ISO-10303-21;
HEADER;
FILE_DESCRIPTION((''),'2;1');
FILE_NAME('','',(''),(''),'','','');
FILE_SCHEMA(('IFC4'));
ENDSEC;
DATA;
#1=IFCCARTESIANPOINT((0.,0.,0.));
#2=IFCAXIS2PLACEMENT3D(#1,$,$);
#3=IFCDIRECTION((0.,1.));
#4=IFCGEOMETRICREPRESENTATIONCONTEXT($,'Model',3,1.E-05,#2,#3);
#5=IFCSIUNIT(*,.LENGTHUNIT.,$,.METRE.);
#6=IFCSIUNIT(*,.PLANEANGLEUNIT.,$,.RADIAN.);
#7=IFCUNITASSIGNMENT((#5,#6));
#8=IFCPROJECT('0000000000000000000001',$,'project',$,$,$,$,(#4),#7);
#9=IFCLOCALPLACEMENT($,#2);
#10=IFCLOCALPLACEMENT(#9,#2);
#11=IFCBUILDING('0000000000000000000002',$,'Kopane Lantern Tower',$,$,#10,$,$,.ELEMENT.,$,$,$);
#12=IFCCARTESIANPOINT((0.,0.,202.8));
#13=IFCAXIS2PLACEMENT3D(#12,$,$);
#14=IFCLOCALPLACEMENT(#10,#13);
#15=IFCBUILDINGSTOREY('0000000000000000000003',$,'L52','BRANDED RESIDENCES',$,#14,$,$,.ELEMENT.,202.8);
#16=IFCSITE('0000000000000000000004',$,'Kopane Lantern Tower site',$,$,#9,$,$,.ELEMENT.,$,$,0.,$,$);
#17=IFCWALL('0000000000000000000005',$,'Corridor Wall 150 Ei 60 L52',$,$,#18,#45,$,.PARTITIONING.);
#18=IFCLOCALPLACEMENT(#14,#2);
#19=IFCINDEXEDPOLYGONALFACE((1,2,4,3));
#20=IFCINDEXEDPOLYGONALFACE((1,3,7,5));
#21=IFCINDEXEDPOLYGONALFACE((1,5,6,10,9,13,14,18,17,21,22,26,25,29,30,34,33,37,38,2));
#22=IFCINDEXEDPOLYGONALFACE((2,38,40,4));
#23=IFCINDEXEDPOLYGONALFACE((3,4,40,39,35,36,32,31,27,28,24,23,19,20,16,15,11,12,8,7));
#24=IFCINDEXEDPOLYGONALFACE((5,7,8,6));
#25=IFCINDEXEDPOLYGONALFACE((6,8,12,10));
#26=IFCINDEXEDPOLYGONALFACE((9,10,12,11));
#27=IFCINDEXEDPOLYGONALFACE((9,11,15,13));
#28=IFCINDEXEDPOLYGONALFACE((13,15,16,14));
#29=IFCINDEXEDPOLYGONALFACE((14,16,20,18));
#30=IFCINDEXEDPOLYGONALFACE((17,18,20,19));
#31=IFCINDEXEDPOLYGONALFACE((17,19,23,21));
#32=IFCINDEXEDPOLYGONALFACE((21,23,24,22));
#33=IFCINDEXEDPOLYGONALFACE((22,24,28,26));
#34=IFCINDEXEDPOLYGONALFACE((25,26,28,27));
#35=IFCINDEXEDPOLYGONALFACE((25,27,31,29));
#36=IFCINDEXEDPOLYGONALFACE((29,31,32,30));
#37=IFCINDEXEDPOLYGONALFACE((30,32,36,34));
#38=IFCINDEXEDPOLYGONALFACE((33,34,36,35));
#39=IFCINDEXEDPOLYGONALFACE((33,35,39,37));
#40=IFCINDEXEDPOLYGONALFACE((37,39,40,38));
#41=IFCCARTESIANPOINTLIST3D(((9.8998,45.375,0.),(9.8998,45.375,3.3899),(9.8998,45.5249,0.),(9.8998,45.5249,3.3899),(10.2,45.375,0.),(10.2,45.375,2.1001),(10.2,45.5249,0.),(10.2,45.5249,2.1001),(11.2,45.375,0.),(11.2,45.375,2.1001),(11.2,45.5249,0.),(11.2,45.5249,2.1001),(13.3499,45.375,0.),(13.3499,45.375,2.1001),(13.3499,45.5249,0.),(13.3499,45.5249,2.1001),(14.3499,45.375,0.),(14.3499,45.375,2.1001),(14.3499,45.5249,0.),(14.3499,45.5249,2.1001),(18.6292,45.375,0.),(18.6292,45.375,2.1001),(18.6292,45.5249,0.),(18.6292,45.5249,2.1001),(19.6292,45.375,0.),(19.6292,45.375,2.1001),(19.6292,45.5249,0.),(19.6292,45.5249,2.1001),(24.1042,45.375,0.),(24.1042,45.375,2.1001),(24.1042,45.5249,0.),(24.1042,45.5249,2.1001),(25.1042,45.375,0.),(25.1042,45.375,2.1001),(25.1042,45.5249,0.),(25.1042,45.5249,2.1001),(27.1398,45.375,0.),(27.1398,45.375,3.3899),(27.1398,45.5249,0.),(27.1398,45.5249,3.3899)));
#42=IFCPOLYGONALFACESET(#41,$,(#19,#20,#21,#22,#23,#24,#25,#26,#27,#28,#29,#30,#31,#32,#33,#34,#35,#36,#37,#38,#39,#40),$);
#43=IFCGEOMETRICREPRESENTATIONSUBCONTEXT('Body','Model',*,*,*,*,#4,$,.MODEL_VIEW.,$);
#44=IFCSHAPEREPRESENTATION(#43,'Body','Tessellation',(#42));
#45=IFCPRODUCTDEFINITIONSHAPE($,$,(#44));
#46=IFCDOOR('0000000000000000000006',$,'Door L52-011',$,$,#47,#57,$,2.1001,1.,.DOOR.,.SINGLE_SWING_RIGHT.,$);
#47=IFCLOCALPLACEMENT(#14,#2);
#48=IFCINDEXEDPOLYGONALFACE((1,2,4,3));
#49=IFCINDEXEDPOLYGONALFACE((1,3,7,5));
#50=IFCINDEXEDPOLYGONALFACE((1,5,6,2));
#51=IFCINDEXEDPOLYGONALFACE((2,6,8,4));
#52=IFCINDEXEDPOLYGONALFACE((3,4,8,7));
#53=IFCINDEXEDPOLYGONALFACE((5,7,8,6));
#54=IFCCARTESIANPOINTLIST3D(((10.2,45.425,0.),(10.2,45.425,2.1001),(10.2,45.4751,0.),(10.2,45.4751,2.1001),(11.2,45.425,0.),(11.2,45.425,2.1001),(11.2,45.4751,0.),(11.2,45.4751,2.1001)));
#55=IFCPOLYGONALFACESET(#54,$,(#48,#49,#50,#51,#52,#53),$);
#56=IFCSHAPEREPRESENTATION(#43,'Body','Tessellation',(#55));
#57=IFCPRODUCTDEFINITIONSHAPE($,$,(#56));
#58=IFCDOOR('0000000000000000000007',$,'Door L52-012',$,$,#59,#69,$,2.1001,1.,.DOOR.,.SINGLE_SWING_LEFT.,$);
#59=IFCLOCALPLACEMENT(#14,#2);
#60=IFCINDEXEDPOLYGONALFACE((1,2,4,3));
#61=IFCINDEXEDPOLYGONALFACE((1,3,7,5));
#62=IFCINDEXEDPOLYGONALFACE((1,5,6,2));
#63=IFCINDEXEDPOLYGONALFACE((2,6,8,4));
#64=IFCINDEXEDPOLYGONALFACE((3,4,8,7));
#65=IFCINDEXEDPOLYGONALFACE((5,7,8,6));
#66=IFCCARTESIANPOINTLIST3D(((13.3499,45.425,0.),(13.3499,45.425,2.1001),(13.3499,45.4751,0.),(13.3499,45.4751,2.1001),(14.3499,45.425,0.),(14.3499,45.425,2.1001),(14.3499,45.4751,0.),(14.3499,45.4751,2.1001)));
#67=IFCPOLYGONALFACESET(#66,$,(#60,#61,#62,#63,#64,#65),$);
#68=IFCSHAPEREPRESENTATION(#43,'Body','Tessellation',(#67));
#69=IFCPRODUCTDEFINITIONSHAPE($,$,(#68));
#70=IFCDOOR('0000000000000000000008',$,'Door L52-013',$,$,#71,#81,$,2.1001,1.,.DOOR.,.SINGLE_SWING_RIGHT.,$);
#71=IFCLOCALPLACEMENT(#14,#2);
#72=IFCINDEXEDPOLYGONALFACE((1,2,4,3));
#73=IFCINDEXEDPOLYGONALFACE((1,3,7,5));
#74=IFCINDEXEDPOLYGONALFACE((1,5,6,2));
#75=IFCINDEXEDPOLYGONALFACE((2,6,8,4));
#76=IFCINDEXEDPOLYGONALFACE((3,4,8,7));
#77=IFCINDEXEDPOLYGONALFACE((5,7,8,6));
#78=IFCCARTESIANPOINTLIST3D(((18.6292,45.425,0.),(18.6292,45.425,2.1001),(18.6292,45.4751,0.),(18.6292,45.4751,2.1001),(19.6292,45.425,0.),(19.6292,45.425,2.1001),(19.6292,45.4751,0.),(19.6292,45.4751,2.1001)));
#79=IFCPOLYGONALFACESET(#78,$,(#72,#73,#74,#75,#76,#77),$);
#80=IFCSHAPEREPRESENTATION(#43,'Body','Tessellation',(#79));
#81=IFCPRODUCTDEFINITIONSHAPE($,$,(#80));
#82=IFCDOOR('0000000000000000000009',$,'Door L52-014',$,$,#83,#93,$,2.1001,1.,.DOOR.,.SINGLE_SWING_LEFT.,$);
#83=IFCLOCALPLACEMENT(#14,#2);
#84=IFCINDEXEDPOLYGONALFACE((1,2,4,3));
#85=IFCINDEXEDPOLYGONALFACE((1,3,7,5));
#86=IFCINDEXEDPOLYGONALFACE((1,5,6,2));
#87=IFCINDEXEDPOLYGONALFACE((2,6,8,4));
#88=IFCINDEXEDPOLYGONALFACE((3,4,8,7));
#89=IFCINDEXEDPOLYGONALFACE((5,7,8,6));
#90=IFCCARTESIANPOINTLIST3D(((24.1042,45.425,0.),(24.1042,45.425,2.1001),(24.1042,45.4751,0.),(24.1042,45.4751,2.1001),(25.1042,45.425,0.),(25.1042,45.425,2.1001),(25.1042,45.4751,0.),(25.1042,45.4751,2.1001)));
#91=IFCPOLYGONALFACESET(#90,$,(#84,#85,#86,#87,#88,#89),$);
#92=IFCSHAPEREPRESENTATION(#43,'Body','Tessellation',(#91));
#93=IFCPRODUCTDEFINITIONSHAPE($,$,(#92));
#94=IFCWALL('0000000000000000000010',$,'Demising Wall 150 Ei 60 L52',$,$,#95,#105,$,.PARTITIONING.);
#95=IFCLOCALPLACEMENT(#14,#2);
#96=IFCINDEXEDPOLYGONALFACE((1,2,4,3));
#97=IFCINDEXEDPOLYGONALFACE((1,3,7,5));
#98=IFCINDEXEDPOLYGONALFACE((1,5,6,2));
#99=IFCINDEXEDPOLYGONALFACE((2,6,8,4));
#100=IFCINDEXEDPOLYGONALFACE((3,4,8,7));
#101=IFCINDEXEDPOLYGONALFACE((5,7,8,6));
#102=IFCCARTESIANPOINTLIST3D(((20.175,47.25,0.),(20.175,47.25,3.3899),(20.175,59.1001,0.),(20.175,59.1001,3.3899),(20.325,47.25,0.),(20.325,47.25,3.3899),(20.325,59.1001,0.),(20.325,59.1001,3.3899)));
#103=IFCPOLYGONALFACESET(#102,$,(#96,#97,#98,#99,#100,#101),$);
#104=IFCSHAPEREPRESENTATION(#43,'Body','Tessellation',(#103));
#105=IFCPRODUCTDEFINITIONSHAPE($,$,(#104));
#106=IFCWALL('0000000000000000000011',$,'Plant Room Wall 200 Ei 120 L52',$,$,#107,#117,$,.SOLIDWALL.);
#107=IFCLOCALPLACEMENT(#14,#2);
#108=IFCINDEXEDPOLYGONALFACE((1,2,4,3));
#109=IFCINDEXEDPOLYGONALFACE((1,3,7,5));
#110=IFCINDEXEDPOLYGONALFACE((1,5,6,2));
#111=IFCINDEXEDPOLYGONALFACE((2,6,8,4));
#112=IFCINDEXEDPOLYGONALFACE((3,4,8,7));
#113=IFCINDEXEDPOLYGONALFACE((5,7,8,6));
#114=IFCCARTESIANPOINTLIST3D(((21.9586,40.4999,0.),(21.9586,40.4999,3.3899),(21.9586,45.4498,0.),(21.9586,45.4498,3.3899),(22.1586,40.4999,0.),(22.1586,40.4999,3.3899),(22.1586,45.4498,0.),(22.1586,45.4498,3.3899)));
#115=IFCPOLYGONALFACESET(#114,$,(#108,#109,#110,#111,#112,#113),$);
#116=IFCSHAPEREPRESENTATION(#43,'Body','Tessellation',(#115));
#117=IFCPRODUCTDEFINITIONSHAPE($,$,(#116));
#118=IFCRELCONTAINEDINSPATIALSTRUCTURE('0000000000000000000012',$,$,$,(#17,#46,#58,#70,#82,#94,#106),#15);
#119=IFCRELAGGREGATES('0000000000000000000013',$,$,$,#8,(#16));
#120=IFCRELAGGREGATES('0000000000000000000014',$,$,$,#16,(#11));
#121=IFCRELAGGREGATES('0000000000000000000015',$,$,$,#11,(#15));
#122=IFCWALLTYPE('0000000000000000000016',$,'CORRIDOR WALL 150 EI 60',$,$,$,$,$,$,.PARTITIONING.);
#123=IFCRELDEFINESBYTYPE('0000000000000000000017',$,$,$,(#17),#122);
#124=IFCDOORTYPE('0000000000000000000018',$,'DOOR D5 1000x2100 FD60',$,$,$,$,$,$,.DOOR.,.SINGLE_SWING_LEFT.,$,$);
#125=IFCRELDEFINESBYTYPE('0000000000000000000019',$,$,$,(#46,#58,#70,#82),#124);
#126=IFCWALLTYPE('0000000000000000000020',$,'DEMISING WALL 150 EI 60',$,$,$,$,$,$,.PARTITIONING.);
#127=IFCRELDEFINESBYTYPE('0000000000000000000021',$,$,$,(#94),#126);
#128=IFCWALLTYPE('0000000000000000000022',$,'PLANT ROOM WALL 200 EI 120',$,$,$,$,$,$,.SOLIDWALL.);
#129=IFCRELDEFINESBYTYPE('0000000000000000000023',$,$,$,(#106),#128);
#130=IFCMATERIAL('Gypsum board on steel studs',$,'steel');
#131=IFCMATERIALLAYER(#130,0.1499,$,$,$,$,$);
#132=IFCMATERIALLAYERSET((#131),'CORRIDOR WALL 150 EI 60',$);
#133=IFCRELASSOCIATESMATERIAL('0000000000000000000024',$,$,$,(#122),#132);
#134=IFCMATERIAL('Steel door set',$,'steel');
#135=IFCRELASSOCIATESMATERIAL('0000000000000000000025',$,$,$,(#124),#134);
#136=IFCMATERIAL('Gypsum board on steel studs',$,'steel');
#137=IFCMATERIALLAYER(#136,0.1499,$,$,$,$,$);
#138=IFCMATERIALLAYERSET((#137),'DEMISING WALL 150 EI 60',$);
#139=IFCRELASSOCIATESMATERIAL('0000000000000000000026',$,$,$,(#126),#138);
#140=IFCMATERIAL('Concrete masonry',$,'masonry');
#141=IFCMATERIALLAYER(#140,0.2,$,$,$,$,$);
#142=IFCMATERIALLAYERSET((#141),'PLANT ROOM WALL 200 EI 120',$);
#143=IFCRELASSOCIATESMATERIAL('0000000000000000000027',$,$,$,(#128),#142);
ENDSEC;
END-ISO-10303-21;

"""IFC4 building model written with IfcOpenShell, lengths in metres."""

from ifc_helpers import new_model, si_unit, direction, frame, frame_2d, origin, place, context, subcontext, project, spatial, rectangle, extrude, material, layer, layer_set, type_object, element, fill, save


model = new_model("IFC4")

# Units and contexts
model_context = context("Model", 3, precision=1e-05, world=origin(), true_north=direction((0.0, 1.0)))
body_context = subcontext(model_context, "Body", "Model", "MODEL_VIEW")
ifc_project = project(units=[si_unit("LENGTHUNIT", "METRE"), si_unit("PLANEANGLEUNIT", "RADIAN")], contexts=[model_context])

# Site, building, storey
site_placement = place(None, origin())
site = spatial("IfcSite", under=ifc_project, at=site_placement, Name="Kopane Lantern Tower site", CompositionType="ELEMENT", RefElevation=0.0)
building_placement = place(site_placement, origin())
building = spatial("IfcBuilding", under=site, at=building_placement, Name="Kopane Lantern Tower", CompositionType="ELEMENT")
storey_placement = place(building_placement, frame((0.0, 0.0, 202.8)))
storey = spatial("IfcBuildingStorey", under=building, at=storey_placement, Name="L52", Description="BRANDED RESIDENCES", CompositionType="ELEMENT", Elevation=202.8)

# Wall, openings, doors
ifc_material_1 = material(Name="Gypsum board on steel studs", Category="steel")
ifc_layer_1 = layer(ifc_material_1, 0.1499)
ifc_layer_set_1 = layer_set([ifc_layer_1], Name="CORRIDOR WALL 150 EI 60")
wall_type_1 = type_object("IfcWallType", Name="CORRIDOR WALL 150 EI 60", PredefinedType="PARTITIONING", material=ifc_layer_set_1)
wall_1_placement = place(storey_placement, frame((27.1399, 45.45, 0.0), z_axis=(0.0, 0.0, 1.0), x_axis=(-1.0, 0.0, 0.0)))
wall_1 = element("IfcWall", 1, at=wall_1_placement, inside=storey, type_object=wall_type_1, Name="Corridor Wall 150 Ei 60 L52", PredefinedType="PARTITIONING", context=body_context, shape_type="SweptSolid", body=[
    extrude(rectangle(XDim=17.24, YDim=0.1499, at=frame_2d((8.6201, 0.0))), origin(), (0.0, 0.0, 1.0), 3.3899),
])
opening_1_placement = place(wall_1_placement, frame((15.9399, 0.0, 0.0)))
opening_1 = element("IfcOpeningElement", 2, at=opening_1_placement, cuts=wall_1, PredefinedType="OPENING", context=body_context, shape_type="SweptSolid", body=[
    extrude(rectangle(XDim=1.0, YDim=2.1001, at=frame_2d((0.5, 1.05))), frame((0.0, 0.085, 0.0), z_axis=(0.0, -1.0, 0.0), x_axis=(1.0, 0.0, 0.0)), (0.0, 0.0, 1.0), 0.1699),
])
opening_2_placement = place(wall_1_placement, frame((12.79, 0.0, 0.0)))
opening_2 = element("IfcOpeningElement", 3, at=opening_2_placement, cuts=wall_1, PredefinedType="OPENING", context=body_context, shape_type="SweptSolid", body=[
    extrude(rectangle(XDim=1.0, YDim=2.1001, at=frame_2d((0.5, 1.05))), frame((0.0, 0.085, 0.0), z_axis=(0.0, -1.0, 0.0), x_axis=(1.0, 0.0, 0.0)), (0.0, 0.0, 1.0), 0.1699),
])
opening_3_placement = place(wall_1_placement, frame((7.5107, 0.0, 0.0)))
opening_3 = element("IfcOpeningElement", 4, at=opening_3_placement, cuts=wall_1, PredefinedType="OPENING", context=body_context, shape_type="SweptSolid", body=[
    extrude(rectangle(XDim=1.0, YDim=2.1001, at=frame_2d((0.5, 1.05))), frame((0.0, 0.085, 0.0), z_axis=(0.0, -1.0, 0.0), x_axis=(1.0, 0.0, 0.0)), (0.0, 0.0, 1.0), 0.1699),
])
opening_4_placement = place(wall_1_placement, frame((2.0356, 0.0, 0.0)))
opening_4 = element("IfcOpeningElement", 5, at=opening_4_placement, cuts=wall_1, PredefinedType="OPENING", context=body_context, shape_type="SweptSolid", body=[
    extrude(rectangle(XDim=1.0, YDim=2.1001, at=frame_2d((0.5, 1.05))), frame((0.0, 0.085, 0.0), z_axis=(0.0, -1.0, 0.0), x_axis=(1.0, 0.0, 0.0)), (0.0, 0.0, 1.0), 0.1699),
])
ifc_material_2 = material(Name="Steel door set", Category="steel")
door_type = type_object("IfcDoorType", Name="DOOR D5 1000x2100 FD60", OperationType="SINGLE_SWING_LEFT", PredefinedType="DOOR", material=ifc_material_2)
door_1_placement = place(opening_1_placement, origin())
door_1 = element("IfcDoor", 6, at=door_1_placement, inside=storey, type_object=door_type, Name="Door L52-011", OperationType="SINGLE_SWING_RIGHT", OverallHeight=2.1001, OverallWidth=1.0, PredefinedType="DOOR", context=body_context, shape_type="SweptSolid", body=[
    extrude(rectangle(XDim=1.0, YDim=2.1001, at=frame_2d((0.5, 1.05))), frame((0.0, 0.0249, 0.0), z_axis=(0.0, -1.0, 0.0), x_axis=(1.0, 0.0, 0.0)), (0.0, 0.0, 1.0), 0.05),
])
fill(opening_1, door_1)
door_2_placement = place(opening_2_placement, origin())
door_2 = element("IfcDoor", 7, at=door_2_placement, inside=storey, type_object=door_type, Name="Door L52-012", OperationType="SINGLE_SWING_LEFT", OverallHeight=2.1001, OverallWidth=1.0, PredefinedType="DOOR", context=body_context, shape_type="SweptSolid", body=[
    extrude(rectangle(XDim=1.0, YDim=2.1001, at=frame_2d((0.5, 1.05))), frame((0.0, 0.0249, 0.0), z_axis=(0.0, -1.0, 0.0), x_axis=(1.0, 0.0, 0.0)), (0.0, 0.0, 1.0), 0.05),
])
fill(opening_2, door_2)
door_3_placement = place(opening_3_placement, origin())
door_3 = element("IfcDoor", 8, at=door_3_placement, inside=storey, type_object=door_type, Name="Door L52-013", OperationType="SINGLE_SWING_RIGHT", OverallHeight=2.1001, OverallWidth=1.0, PredefinedType="DOOR", context=body_context, shape_type="SweptSolid", body=[
    extrude(rectangle(XDim=1.0, YDim=2.1001, at=frame_2d((0.5, 1.05))), frame((0.0, 0.0249, 0.0), z_axis=(0.0, -1.0, 0.0), x_axis=(1.0, 0.0, 0.0)), (0.0, 0.0, 1.0), 0.05),
])
fill(opening_3, door_3)
door_4_placement = place(opening_4_placement, origin())
door_4 = element("IfcDoor", 9, at=door_4_placement, inside=storey, type_object=door_type, Name="Door L52-014", OperationType="SINGLE_SWING_LEFT", OverallHeight=2.1001, OverallWidth=1.0, PredefinedType="DOOR", context=body_context, shape_type="SweptSolid", body=[
    extrude(rectangle(XDim=1.0, YDim=2.1001, at=frame_2d((0.5, 1.05))), frame((0.0, 0.0249, 0.0), z_axis=(0.0, -1.0, 0.0), x_axis=(1.0, 0.0, 0.0)), (0.0, 0.0, 1.0), 0.05),
])
fill(opening_4, door_4)

# Walls
ifc_material_3 = material(Name="Gypsum board on steel studs", Category="steel")
ifc_layer_2 = layer(ifc_material_3, 0.1499)
ifc_layer_set_2 = layer_set([ifc_layer_2], Name="DEMISING WALL 150 EI 60")
wall_type_2 = type_object("IfcWallType", Name="DEMISING WALL 150 EI 60", PredefinedType="PARTITIONING", material=ifc_layer_set_2)
wall_2_placement = place(storey_placement, frame((20.25, 47.25, 0.0), z_axis=(0.0, 0.0, 1.0), x_axis=(0.0, 1.0, 0.0)))
element("IfcWall", 10, at=wall_2_placement, inside=storey, type_object=wall_type_2, Name="Demising Wall 150 Ei 60 L52", PredefinedType="PARTITIONING", context=body_context, shape_type="SweptSolid", body=[
    extrude(rectangle(XDim=11.8501, YDim=0.1499, at=frame_2d((5.925, 0.0))), origin(), (0.0, 0.0, 1.0), 3.3899),
])
ifc_material_4 = material(Name="Concrete masonry", Category="masonry")
ifc_layer_3 = layer(ifc_material_4, 0.2)
ifc_layer_set_3 = layer_set([ifc_layer_3], Name="PLANT ROOM WALL 200 EI 120")
wall_type_3 = type_object("IfcWallType", Name="PLANT ROOM WALL 200 EI 120", PredefinedType="SOLIDWALL", material=ifc_layer_set_3)
wall_3_placement = place(storey_placement, frame((22.0586, 45.45, 0.0), z_axis=(0.0, 0.0, 1.0), x_axis=(0.0, -1.0, 0.0)))
element("IfcWall", 11, at=wall_3_placement, inside=storey, type_object=wall_type_3, Name="Plant Room Wall 200 Ei 120 L52", PredefinedType="SOLIDWALL", context=body_context, shape_type="SweptSolid", body=[
    extrude(rectangle(XDim=4.95, YDim=0.2, at=frame_2d((2.4751, 0.0))), origin(), (0.0, 0.0, 1.0), 3.3899),
])

save(model, "model.ifc")
